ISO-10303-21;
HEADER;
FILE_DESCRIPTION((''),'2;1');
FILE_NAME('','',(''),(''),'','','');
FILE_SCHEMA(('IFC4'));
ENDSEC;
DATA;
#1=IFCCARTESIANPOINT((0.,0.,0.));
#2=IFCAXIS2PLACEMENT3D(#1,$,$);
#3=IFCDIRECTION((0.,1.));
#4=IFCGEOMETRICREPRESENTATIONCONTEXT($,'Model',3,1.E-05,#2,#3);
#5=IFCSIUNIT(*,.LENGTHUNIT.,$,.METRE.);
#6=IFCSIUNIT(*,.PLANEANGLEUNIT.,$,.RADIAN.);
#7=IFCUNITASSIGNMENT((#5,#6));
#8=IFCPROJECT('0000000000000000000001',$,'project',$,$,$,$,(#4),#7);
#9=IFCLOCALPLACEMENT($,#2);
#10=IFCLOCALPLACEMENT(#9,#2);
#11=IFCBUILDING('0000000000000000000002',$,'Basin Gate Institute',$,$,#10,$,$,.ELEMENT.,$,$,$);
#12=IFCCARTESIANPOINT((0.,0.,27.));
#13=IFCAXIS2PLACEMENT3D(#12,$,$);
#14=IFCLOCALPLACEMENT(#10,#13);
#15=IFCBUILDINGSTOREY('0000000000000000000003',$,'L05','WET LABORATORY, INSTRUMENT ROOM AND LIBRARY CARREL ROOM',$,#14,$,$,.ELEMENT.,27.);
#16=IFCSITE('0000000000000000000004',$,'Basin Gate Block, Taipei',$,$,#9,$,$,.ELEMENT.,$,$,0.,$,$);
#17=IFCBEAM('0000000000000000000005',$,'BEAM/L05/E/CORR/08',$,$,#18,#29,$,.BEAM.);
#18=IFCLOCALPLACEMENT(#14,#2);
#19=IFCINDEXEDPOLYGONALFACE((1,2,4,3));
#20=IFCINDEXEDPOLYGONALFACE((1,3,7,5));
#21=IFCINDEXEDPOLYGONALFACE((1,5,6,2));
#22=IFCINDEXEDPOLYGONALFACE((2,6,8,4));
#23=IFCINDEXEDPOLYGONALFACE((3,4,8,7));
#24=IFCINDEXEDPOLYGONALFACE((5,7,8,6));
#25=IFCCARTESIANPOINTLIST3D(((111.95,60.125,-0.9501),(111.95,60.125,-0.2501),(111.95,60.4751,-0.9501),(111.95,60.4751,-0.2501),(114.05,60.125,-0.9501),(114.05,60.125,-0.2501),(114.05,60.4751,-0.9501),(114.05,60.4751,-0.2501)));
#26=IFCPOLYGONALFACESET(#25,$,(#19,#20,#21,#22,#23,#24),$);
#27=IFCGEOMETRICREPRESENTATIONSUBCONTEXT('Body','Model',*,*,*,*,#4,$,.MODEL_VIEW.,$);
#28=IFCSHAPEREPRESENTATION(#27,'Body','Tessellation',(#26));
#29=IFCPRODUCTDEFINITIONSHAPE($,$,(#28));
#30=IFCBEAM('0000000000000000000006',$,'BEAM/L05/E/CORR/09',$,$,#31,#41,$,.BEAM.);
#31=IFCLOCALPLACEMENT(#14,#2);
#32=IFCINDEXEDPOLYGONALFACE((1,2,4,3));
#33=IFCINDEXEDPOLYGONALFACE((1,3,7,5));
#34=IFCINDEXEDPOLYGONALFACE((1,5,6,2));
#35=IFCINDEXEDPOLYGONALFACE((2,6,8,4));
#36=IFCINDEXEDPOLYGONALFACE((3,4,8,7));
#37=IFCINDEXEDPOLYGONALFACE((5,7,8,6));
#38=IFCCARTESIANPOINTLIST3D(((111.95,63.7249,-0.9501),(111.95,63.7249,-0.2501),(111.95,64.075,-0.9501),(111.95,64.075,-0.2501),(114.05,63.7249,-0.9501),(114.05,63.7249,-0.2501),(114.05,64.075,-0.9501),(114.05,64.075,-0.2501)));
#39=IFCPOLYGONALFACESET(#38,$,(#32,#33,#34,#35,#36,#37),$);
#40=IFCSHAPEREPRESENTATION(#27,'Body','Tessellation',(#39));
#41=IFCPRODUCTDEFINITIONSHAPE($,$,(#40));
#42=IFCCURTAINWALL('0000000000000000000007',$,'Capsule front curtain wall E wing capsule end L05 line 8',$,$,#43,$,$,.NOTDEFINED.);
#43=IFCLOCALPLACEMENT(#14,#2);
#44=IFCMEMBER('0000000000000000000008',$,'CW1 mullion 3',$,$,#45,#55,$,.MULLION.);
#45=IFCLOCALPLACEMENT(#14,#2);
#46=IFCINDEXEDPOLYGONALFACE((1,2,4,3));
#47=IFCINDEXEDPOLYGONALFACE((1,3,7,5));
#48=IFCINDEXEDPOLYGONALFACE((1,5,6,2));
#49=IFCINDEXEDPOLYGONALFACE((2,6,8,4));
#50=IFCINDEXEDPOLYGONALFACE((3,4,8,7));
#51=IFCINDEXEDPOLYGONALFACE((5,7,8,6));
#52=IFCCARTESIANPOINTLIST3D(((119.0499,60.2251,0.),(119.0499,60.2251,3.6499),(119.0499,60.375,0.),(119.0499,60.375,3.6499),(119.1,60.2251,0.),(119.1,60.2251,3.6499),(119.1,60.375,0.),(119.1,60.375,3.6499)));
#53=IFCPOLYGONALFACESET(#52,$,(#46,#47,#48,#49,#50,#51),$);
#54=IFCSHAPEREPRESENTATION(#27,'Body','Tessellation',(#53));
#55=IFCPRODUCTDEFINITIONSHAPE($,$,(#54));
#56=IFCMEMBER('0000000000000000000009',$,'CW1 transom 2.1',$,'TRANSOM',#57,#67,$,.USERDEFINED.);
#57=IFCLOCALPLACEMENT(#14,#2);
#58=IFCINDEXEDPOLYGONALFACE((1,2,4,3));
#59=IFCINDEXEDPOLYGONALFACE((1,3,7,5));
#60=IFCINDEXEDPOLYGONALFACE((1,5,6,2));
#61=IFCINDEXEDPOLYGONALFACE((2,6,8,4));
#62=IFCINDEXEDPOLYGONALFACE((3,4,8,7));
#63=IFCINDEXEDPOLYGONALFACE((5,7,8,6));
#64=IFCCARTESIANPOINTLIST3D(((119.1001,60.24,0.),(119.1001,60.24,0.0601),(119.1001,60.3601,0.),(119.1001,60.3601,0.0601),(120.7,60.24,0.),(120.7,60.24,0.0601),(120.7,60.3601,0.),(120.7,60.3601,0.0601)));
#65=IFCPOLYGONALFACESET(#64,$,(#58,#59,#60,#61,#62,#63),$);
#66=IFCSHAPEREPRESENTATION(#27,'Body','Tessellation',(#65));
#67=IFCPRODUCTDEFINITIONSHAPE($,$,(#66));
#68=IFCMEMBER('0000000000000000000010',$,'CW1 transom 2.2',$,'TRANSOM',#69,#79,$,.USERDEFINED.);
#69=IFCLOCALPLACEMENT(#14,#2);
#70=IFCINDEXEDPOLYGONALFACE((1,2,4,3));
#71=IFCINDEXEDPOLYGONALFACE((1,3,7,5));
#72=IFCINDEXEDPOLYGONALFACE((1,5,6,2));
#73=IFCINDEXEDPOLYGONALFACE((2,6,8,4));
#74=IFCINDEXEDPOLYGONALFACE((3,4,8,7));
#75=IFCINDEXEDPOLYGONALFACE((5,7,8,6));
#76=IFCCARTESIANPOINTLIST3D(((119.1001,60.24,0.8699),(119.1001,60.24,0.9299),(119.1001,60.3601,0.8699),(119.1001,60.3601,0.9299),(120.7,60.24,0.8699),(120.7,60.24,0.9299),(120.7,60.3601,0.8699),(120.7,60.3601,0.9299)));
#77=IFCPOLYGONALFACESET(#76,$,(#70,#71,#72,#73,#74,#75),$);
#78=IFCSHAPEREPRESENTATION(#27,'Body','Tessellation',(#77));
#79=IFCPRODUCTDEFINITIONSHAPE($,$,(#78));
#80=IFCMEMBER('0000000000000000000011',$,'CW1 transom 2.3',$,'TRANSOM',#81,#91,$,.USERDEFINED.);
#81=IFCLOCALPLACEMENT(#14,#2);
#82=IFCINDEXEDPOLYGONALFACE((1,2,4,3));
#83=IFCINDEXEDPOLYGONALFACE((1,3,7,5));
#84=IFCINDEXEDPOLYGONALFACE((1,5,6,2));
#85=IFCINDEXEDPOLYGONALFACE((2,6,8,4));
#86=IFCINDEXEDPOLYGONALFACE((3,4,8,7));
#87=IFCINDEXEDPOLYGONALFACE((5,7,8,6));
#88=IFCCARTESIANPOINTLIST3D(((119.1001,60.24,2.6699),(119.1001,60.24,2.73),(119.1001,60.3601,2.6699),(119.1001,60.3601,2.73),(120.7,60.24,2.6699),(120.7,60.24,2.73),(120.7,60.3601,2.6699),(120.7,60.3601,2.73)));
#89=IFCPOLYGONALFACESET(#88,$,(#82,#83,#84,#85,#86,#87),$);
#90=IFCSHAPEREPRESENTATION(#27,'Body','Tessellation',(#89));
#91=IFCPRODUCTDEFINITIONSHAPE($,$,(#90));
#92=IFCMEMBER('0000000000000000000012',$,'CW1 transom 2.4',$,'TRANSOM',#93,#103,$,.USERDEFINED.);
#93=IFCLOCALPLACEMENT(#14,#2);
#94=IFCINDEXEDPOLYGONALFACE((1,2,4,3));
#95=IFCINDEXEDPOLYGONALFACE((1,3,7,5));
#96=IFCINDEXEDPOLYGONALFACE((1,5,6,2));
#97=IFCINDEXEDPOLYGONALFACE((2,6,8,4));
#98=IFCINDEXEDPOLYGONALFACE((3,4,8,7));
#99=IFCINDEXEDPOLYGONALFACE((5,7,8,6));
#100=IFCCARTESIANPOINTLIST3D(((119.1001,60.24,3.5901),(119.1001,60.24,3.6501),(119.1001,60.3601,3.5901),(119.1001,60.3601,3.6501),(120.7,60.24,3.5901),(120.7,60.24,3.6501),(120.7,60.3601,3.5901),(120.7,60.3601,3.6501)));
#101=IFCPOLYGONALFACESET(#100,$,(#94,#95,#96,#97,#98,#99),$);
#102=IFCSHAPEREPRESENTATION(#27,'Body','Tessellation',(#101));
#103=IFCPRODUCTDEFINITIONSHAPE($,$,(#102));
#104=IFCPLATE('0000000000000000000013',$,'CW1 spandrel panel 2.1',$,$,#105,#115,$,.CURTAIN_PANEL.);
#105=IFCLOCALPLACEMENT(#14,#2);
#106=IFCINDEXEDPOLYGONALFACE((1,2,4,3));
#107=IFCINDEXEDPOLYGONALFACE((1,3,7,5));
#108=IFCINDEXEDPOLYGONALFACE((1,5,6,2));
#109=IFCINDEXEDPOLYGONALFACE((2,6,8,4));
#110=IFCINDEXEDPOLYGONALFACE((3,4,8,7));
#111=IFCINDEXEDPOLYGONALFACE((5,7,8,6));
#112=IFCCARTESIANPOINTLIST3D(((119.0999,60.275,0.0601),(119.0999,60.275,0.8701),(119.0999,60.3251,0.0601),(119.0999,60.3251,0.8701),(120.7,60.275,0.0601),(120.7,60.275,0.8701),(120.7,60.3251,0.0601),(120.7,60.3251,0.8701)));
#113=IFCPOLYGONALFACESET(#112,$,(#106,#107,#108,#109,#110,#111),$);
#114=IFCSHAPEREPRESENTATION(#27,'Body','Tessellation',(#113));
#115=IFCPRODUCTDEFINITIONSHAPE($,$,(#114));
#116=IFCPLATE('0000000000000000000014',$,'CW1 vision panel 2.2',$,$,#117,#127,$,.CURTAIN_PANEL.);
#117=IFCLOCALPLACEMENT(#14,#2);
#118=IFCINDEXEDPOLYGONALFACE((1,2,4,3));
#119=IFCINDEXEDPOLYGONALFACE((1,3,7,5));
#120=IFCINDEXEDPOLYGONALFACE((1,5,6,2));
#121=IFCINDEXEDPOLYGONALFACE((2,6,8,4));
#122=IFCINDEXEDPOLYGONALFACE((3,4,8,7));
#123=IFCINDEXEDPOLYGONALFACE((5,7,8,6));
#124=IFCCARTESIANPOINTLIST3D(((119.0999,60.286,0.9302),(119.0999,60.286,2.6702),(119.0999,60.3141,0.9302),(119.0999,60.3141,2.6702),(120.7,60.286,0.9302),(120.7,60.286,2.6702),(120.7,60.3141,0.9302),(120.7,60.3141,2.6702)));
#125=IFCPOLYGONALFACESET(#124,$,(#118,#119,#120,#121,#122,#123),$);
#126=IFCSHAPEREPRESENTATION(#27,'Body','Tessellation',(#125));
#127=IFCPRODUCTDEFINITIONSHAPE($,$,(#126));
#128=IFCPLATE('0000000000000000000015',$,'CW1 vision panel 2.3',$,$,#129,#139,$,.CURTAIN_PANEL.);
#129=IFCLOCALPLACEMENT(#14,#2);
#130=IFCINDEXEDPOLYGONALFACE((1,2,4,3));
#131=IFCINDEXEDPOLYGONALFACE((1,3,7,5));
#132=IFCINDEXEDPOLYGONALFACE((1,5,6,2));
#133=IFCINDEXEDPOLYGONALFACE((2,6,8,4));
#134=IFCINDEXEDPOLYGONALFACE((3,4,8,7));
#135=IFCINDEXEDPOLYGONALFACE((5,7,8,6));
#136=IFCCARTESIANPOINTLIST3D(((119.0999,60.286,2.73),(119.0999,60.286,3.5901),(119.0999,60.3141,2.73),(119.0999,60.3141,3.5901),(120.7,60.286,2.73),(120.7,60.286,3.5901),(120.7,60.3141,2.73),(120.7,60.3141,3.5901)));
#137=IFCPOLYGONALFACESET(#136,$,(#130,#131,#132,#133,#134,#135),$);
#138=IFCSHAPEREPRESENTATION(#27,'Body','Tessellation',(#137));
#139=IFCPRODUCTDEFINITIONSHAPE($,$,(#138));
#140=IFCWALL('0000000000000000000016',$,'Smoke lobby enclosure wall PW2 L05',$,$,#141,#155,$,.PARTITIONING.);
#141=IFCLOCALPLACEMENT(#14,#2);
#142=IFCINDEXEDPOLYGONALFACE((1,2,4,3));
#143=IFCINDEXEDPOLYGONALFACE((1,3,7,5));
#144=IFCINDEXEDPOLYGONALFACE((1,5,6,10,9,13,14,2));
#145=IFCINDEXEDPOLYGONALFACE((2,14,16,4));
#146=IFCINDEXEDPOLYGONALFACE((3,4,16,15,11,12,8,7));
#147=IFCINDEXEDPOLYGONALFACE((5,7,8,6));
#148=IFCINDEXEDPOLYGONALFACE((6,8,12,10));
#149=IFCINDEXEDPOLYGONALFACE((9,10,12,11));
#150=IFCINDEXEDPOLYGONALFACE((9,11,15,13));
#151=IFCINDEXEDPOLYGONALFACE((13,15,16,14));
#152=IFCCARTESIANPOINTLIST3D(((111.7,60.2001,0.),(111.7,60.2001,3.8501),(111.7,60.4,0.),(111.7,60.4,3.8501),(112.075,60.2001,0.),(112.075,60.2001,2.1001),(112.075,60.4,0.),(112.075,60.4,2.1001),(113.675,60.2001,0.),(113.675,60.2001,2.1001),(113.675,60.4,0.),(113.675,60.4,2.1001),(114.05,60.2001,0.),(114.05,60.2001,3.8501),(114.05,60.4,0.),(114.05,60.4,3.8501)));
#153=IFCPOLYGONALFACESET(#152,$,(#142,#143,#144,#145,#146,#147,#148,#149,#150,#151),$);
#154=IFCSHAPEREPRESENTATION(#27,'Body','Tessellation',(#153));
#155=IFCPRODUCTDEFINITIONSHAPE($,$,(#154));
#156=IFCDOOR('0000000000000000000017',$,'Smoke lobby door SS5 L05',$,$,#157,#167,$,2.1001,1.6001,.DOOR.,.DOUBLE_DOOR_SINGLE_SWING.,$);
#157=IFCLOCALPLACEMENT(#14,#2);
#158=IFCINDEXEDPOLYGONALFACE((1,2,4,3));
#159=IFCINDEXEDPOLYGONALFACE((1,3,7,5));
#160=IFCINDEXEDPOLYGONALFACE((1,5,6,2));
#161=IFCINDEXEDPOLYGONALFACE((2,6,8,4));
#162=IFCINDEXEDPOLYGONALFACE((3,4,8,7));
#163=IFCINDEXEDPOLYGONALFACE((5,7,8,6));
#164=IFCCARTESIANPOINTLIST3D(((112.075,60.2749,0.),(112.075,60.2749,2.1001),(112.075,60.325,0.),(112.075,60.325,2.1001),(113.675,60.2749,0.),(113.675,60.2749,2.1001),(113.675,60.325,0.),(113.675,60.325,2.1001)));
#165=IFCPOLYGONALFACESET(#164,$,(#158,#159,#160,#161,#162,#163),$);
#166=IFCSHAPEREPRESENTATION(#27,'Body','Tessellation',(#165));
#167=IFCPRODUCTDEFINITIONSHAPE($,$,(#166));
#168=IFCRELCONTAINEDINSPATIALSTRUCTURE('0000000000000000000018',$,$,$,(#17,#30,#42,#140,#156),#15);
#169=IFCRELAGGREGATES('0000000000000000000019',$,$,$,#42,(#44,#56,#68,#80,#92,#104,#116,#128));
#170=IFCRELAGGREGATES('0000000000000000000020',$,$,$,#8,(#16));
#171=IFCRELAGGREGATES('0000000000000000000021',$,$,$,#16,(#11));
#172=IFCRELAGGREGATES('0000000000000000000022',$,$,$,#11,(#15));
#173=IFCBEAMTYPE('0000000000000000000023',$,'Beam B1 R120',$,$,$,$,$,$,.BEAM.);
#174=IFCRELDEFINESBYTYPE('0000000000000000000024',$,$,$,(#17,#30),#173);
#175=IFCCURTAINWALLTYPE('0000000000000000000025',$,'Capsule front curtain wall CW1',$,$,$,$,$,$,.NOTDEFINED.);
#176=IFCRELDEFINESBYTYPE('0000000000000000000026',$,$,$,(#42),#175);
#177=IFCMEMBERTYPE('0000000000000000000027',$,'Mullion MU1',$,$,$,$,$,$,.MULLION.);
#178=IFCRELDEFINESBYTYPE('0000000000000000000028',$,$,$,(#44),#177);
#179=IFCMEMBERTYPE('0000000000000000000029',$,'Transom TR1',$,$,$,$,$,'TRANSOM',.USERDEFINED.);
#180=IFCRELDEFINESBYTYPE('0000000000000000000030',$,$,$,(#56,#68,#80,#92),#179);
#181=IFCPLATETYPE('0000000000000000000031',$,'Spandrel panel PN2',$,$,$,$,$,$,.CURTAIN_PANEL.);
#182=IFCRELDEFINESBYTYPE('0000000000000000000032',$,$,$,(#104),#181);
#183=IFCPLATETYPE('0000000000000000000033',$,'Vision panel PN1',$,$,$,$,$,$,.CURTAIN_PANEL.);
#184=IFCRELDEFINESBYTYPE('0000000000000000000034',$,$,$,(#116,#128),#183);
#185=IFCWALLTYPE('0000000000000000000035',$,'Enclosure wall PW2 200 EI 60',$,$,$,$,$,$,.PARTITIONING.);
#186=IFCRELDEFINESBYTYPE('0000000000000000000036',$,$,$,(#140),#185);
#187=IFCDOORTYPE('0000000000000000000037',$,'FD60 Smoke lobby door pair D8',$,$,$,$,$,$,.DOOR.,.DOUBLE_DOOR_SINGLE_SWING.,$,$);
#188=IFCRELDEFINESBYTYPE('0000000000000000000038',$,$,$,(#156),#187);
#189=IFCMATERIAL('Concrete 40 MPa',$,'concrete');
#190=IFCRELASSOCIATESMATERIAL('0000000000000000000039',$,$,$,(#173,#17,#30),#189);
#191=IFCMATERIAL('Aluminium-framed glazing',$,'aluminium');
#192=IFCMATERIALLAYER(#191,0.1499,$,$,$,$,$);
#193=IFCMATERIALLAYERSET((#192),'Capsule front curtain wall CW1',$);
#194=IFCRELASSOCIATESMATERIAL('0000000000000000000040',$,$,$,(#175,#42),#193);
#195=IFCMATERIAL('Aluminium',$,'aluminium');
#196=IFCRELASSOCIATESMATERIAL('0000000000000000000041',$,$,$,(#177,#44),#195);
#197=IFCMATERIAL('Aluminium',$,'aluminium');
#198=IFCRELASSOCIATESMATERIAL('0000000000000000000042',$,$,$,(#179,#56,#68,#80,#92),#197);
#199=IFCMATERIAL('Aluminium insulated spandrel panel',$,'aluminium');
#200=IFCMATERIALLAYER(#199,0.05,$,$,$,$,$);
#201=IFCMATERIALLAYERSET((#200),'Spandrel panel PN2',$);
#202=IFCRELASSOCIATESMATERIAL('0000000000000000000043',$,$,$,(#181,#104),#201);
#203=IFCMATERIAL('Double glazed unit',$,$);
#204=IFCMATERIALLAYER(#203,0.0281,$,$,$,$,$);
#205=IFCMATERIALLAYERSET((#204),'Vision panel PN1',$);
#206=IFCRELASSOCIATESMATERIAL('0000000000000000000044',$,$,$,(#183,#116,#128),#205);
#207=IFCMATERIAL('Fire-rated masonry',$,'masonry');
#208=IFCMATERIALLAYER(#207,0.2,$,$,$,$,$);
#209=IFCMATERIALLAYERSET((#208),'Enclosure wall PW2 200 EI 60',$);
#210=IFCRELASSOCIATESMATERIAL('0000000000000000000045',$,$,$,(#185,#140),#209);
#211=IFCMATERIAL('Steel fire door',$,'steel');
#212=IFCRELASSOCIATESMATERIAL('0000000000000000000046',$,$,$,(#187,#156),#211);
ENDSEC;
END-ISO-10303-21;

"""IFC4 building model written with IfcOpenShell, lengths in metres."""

from ifc_helpers import new_model, si_unit, direction, frame, frame_2d, origin, origin_2d, place, context, subcontext, project, spatial, rectangle, extrude, material, layer, layer_set, material_profile, profile_set, type_object, element, fill, aggregate, save


model = new_model("IFC4")

# Units and contexts
model_context = context("Model", 3, precision=1e-05, world=origin(), true_north=direction((0.0, 1.0)))
body_context = subcontext(model_context, "Body", "Model", "MODEL_VIEW")
ifc_project = project(units=[si_unit("LENGTHUNIT", "METRE"), si_unit("PLANEANGLEUNIT", "RADIAN")], contexts=[model_context])

# Site, building, storey
site_placement = place(None, origin())
site = spatial("IfcSite", under=ifc_project, at=site_placement, Name="Basin Gate Block, Taipei", CompositionType="ELEMENT", RefElevation=0.0)
building_placement = place(site_placement, origin())
building = spatial("IfcBuilding", under=site, at=building_placement, Name="Basin Gate Institute", CompositionType="ELEMENT")
storey_placement = place(building_placement, frame((0.0, 0.0, 27.0)))
storey = spatial("IfcBuildingStorey", under=building, at=storey_placement, Name="L05", Description="WET LABORATORY, INSTRUMENT ROOM AND LIBRARY CARREL ROOM", CompositionType="ELEMENT", Elevation=27.0)

# Beams
ifc_material_1 = material(Name="Concrete 40 MPa", Category="concrete")
ifc_material_profile_1 = material_profile(ifc_material_1, rectangle(XDim=0.3501, YDim=0.7, at=origin_2d()), Name="Beam B1 350 x 700")
ifc_profile_set_1 = profile_set([ifc_material_profile_1], Name="Concrete 40 MPa")
beam_type = type_object("IfcBeamType", Name="Beam B1 R120", PredefinedType="BEAM", material=ifc_profile_set_1)
for number, where, z_axis, x_axis, name in (
    (1, (114.05, 60.3, -0.6001), (-1.0, 0.0, 0.0), (0.0, -1.0, 0.0), "BEAM/L05/E/CORR/08"),
    (2, (114.05, 63.8999, -0.6001), (-1.0, 0.0, 0.0), (0.0, -1.0, 0.0), "BEAM/L05/E/CORR/09"),
):
    element("IfcBeam", number, at=place(storey_placement, frame(where, z_axis=z_axis, x_axis=x_axis)), inside=storey, type_object=beam_type, material=ifc_profile_set_1, Name=name, PredefinedType="BEAM", context=body_context, shape_type="SweptSolid", body=[
        extrude(rectangle(XDim=0.3501, YDim=0.7, at=origin_2d()), origin(), (0.0, 0.0, 1.0), 2.1001),
    ])

# Curtain wall, members, plates
ifc_material_2 = material(Name="Aluminium-framed glazing", Category="aluminium")
ifc_layer_1 = layer(ifc_material_2, 0.1499)
ifc_layer_set_1 = layer_set([ifc_layer_1], Name="Capsule front curtain wall CW1")
curtain_wall_type = type_object("IfcCurtainWallType", Name="Capsule front curtain wall CW1", PredefinedType="NOTDEFINED", material=ifc_layer_set_1)
curtain_wall_placement = place(storey_placement, origin())
curtain_wall = element("IfcCurtainWall", 3, at=curtain_wall_placement, inside=storey, type_object=curtain_wall_type, material=ifc_layer_set_1, Name="Capsule front curtain wall E wing capsule end L05 line 8", PredefinedType="NOTDEFINED")
ifc_material_3 = material(Name="Aluminium", Category="aluminium")
ifc_material_profile_2 = material_profile(ifc_material_3, rectangle(XDim=0.1499, YDim=0.05, at=origin_2d()), Name="Mullion MU1 150 x 50")
ifc_profile_set_2 = profile_set([ifc_material_profile_2], Name="Aluminium")
member_type_1 = type_object("IfcMemberType", Name="Mullion MU1", PredefinedType="MULLION", material=ifc_profile_set_2)
member_1_placement = place(storey_placement, frame((119.075, 60.3, 0.0), z_axis=(0.0, 0.0, 1.0), x_axis=(0.0, -1.0, 0.0)))
member_1 = element("IfcMember", 4, at=member_1_placement, type_object=member_type_1, material=ifc_profile_set_2, Name="CW1 mullion 3", PredefinedType="MULLION", context=body_context, shape_type="SweptSolid", body=[
    extrude(rectangle(XDim=0.1499, YDim=0.05, at=origin_2d()), origin(), (0.0, 0.0, 1.0), 3.6499),
])
ifc_material_4 = material(Name="Aluminium", Category="aluminium")
ifc_material_profile_3 = material_profile(ifc_material_4, rectangle(XDim=0.1201, YDim=0.0601, at=origin_2d()), Name="Transom TR1 120 x 60")
ifc_profile_set_3 = profile_set([ifc_material_profile_3], Name="Aluminium")
member_type_2 = type_object("IfcMemberType", Name="Transom TR1", ElementType="TRANSOM", PredefinedType="USERDEFINED", material=ifc_profile_set_3)
member_2_placement = place(storey_placement, frame((120.7, 60.3, 0.03), z_axis=(-1.0, 0.0, 0.0), x_axis=(0.0, -1.0, 0.0)))
member_2 = element("IfcMember", 5, at=member_2_placement, type_object=member_type_2, material=ifc_profile_set_3, Name="CW1 transom 2.1", ObjectType="TRANSOM", PredefinedType="USERDEFINED", context=body_context, shape_type="SweptSolid", body=[
    extrude(rectangle(XDim=0.1201, YDim=0.0601, at=origin_2d()), origin(), (0.0, 0.0, 1.0), 1.5999),
])
member_3_placement = place(storey_placement, frame((120.7, 60.3, 0.8999), z_axis=(-1.0, 0.0, 0.0), x_axis=(0.0, -1.0, 0.0)))
member_3 = element("IfcMember", 6, at=member_3_placement, type_object=member_type_2, material=ifc_profile_set_3, Name="CW1 transom 2.2", ObjectType="TRANSOM", PredefinedType="USERDEFINED", context=body_context, shape_type="SweptSolid", body=[
    extrude(rectangle(XDim=0.1201, YDim=0.0601, at=origin_2d()), origin(), (0.0, 0.0, 1.0), 1.5999),
])
member_4_placement = place(storey_placement, frame((120.7, 60.3, 2.7), z_axis=(-1.0, 0.0, 0.0), x_axis=(0.0, -1.0, 0.0)))
member_4 = element("IfcMember", 7, at=member_4_placement, type_object=member_type_2, material=ifc_profile_set_3, Name="CW1 transom 2.3", ObjectType="TRANSOM", PredefinedType="USERDEFINED", context=body_context, shape_type="SweptSolid", body=[
    extrude(rectangle(XDim=0.1201, YDim=0.0601, at=origin_2d()), origin(), (0.0, 0.0, 1.0), 1.5999),
])
member_5_placement = place(storey_placement, frame((120.7, 60.3, 3.6201), z_axis=(-1.0, 0.0, 0.0), x_axis=(0.0, -1.0, 0.0)))
member_5 = element("IfcMember", 8, at=member_5_placement, type_object=member_type_2, material=ifc_profile_set_3, Name="CW1 transom 2.4", ObjectType="TRANSOM", PredefinedType="USERDEFINED", context=body_context, shape_type="SweptSolid", body=[
    extrude(rectangle(XDim=0.1201, YDim=0.0601, at=origin_2d()), origin(), (0.0, 0.0, 1.0), 1.5999),
])
ifc_material_5 = material(Name="Aluminium insulated spandrel panel", Category="aluminium")
ifc_layer_2 = layer(ifc_material_5, 0.05)
ifc_layer_set_2 = layer_set([ifc_layer_2], Name="Spandrel panel PN2")
plate_type_1 = type_object("IfcPlateType", Name="Spandrel panel PN2", PredefinedType="CURTAIN_PANEL", material=ifc_layer_set_2)
plate_1_placement = place(storey_placement, frame((119.8999, 60.3, 0.0601), z_axis=(0.0, 0.0, 1.0), x_axis=(-1.0, 0.0, 0.0)))
plate_1 = element("IfcPlate", 9, at=plate_1_placement, type_object=plate_type_1, material=ifc_layer_set_2, Name="CW1 spandrel panel 2.1", PredefinedType="CURTAIN_PANEL", context=body_context, shape_type="SweptSolid", body=[
    extrude(rectangle(XDim=1.6001, YDim=0.05, at=origin_2d()), origin(), (0.0, 0.0, 1.0), 0.8101),
])
ifc_material_6 = material(Name="Double glazed unit")
ifc_layer_3 = layer(ifc_material_6, 0.0281)
ifc_layer_set_3 = layer_set([ifc_layer_3], Name="Vision panel PN1")
plate_type_2 = type_object("IfcPlateType", Name="Vision panel PN1", PredefinedType="CURTAIN_PANEL", material=ifc_layer_set_3)
plate_2_placement = place(storey_placement, frame((119.8999, 60.3, 0.9302), z_axis=(0.0, 0.0, 1.0), x_axis=(-1.0, 0.0, 0.0)))
plate_2 = element("IfcPlate", 10, at=plate_2_placement, type_object=plate_type_2, material=ifc_layer_set_3, Name="CW1 vision panel 2.2", PredefinedType="CURTAIN_PANEL", context=body_context, shape_type="SweptSolid", body=[
    extrude(rectangle(XDim=1.6001, YDim=0.0281, at=origin_2d()), origin(), (0.0, 0.0, 1.0), 1.74),
])
plate_3_placement = place(storey_placement, frame((119.8999, 60.3, 2.73), z_axis=(0.0, 0.0, 1.0), x_axis=(-1.0, 0.0, 0.0)))
plate_3 = element("IfcPlate", 11, at=plate_3_placement, type_object=plate_type_2, material=ifc_layer_set_3, Name="CW1 vision panel 2.3", PredefinedType="CURTAIN_PANEL", context=body_context, shape_type="SweptSolid", body=[
    extrude(rectangle(XDim=1.6001, YDim=0.0281, at=origin_2d()), origin(), (0.0, 0.0, 1.0), 0.8601),
])
aggregate(curtain_wall, [member_1, member_2, member_3, member_4, member_5, plate_1, plate_2, plate_3])

# Wall, opening, door
ifc_material_7 = material(Name="Fire-rated masonry", Category="masonry")
ifc_layer_4 = layer(ifc_material_7, 0.2)
ifc_layer_set_4 = layer_set([ifc_layer_4], Name="Enclosure wall PW2 200 EI 60")
wall_type_1 = type_object("IfcWallType", Name="Enclosure wall PW2 200 EI 60", PredefinedType="PARTITIONING", material=ifc_layer_set_4)
wall_1_placement = place(storey_placement, frame((114.05, 60.3, 0.0), z_axis=(0.0, 0.0, 1.0), x_axis=(-1.0, 0.0, 0.0)))
wall_1 = element("IfcWall", 12, at=wall_1_placement, inside=storey, type_object=wall_type_1, material=ifc_layer_set_4, Name="Smoke lobby enclosure wall PW2 L05", PredefinedType="PARTITIONING", context=body_context, shape_type="SweptSolid", body=[
    extrude(rectangle(XDim=2.3501, YDim=0.2, at=frame_2d((1.175, 0.0))), origin(), (0.0, 0.0, 1.0), 3.8501),
])
opening_1_placement = place(wall_1_placement, frame((0.375, 0.0, 0.0)))
opening_1 = element("IfcOpeningElement", 13, at=opening_1_placement, cuts=wall_1, PredefinedType="OPENING", context=body_context, shape_type="SweptSolid", body=[
    extrude(rectangle(XDim=1.6001, YDim=2.1001, at=frame_2d((0.8, 1.05))), frame((0.0, 0.1099, 0.0), z_axis=(0.0, -1.0, 0.0), x_axis=(1.0, 0.0, 0.0)), (0.0, 0.0, 1.0), 0.22),
])
ifc_material_8 = material(Name="Steel fire door", Category="steel")
door_type = type_object("IfcDoorType", Name="FD60 Smoke lobby door pair D8", OperationType="DOUBLE_DOOR_SINGLE_SWING", PredefinedType="DOOR", material=ifc_material_8)
door_1_placement = place(opening_1_placement, frame((1.6001, 0.0, 0.0), z_axis=(0.0, 0.0, 1.0), x_axis=(-1.0, 0.0, 0.0)))
door_1 = element("IfcDoor", 14, at=door_1_placement, inside=storey, type_object=door_type, material=ifc_material_8, Name="Smoke lobby door SS5 L05", OperationType="DOUBLE_DOOR_SINGLE_SWING", OverallHeight=2.1001, OverallWidth=1.6001, PredefinedType="DOOR", context=body_context, shape_type="SweptSolid", body=[
    extrude(rectangle(XDim=1.6001, YDim=2.1001, at=frame_2d((0.8, 1.05))), frame((0.0, 0.0249, 0.0), z_axis=(0.0, -1.0, 0.0), x_axis=(1.0, 0.0, 0.0)), (0.0, 0.0, 1.0), 0.05),
])
fill(opening_1, door_1)

save(model, "model.ifc")
